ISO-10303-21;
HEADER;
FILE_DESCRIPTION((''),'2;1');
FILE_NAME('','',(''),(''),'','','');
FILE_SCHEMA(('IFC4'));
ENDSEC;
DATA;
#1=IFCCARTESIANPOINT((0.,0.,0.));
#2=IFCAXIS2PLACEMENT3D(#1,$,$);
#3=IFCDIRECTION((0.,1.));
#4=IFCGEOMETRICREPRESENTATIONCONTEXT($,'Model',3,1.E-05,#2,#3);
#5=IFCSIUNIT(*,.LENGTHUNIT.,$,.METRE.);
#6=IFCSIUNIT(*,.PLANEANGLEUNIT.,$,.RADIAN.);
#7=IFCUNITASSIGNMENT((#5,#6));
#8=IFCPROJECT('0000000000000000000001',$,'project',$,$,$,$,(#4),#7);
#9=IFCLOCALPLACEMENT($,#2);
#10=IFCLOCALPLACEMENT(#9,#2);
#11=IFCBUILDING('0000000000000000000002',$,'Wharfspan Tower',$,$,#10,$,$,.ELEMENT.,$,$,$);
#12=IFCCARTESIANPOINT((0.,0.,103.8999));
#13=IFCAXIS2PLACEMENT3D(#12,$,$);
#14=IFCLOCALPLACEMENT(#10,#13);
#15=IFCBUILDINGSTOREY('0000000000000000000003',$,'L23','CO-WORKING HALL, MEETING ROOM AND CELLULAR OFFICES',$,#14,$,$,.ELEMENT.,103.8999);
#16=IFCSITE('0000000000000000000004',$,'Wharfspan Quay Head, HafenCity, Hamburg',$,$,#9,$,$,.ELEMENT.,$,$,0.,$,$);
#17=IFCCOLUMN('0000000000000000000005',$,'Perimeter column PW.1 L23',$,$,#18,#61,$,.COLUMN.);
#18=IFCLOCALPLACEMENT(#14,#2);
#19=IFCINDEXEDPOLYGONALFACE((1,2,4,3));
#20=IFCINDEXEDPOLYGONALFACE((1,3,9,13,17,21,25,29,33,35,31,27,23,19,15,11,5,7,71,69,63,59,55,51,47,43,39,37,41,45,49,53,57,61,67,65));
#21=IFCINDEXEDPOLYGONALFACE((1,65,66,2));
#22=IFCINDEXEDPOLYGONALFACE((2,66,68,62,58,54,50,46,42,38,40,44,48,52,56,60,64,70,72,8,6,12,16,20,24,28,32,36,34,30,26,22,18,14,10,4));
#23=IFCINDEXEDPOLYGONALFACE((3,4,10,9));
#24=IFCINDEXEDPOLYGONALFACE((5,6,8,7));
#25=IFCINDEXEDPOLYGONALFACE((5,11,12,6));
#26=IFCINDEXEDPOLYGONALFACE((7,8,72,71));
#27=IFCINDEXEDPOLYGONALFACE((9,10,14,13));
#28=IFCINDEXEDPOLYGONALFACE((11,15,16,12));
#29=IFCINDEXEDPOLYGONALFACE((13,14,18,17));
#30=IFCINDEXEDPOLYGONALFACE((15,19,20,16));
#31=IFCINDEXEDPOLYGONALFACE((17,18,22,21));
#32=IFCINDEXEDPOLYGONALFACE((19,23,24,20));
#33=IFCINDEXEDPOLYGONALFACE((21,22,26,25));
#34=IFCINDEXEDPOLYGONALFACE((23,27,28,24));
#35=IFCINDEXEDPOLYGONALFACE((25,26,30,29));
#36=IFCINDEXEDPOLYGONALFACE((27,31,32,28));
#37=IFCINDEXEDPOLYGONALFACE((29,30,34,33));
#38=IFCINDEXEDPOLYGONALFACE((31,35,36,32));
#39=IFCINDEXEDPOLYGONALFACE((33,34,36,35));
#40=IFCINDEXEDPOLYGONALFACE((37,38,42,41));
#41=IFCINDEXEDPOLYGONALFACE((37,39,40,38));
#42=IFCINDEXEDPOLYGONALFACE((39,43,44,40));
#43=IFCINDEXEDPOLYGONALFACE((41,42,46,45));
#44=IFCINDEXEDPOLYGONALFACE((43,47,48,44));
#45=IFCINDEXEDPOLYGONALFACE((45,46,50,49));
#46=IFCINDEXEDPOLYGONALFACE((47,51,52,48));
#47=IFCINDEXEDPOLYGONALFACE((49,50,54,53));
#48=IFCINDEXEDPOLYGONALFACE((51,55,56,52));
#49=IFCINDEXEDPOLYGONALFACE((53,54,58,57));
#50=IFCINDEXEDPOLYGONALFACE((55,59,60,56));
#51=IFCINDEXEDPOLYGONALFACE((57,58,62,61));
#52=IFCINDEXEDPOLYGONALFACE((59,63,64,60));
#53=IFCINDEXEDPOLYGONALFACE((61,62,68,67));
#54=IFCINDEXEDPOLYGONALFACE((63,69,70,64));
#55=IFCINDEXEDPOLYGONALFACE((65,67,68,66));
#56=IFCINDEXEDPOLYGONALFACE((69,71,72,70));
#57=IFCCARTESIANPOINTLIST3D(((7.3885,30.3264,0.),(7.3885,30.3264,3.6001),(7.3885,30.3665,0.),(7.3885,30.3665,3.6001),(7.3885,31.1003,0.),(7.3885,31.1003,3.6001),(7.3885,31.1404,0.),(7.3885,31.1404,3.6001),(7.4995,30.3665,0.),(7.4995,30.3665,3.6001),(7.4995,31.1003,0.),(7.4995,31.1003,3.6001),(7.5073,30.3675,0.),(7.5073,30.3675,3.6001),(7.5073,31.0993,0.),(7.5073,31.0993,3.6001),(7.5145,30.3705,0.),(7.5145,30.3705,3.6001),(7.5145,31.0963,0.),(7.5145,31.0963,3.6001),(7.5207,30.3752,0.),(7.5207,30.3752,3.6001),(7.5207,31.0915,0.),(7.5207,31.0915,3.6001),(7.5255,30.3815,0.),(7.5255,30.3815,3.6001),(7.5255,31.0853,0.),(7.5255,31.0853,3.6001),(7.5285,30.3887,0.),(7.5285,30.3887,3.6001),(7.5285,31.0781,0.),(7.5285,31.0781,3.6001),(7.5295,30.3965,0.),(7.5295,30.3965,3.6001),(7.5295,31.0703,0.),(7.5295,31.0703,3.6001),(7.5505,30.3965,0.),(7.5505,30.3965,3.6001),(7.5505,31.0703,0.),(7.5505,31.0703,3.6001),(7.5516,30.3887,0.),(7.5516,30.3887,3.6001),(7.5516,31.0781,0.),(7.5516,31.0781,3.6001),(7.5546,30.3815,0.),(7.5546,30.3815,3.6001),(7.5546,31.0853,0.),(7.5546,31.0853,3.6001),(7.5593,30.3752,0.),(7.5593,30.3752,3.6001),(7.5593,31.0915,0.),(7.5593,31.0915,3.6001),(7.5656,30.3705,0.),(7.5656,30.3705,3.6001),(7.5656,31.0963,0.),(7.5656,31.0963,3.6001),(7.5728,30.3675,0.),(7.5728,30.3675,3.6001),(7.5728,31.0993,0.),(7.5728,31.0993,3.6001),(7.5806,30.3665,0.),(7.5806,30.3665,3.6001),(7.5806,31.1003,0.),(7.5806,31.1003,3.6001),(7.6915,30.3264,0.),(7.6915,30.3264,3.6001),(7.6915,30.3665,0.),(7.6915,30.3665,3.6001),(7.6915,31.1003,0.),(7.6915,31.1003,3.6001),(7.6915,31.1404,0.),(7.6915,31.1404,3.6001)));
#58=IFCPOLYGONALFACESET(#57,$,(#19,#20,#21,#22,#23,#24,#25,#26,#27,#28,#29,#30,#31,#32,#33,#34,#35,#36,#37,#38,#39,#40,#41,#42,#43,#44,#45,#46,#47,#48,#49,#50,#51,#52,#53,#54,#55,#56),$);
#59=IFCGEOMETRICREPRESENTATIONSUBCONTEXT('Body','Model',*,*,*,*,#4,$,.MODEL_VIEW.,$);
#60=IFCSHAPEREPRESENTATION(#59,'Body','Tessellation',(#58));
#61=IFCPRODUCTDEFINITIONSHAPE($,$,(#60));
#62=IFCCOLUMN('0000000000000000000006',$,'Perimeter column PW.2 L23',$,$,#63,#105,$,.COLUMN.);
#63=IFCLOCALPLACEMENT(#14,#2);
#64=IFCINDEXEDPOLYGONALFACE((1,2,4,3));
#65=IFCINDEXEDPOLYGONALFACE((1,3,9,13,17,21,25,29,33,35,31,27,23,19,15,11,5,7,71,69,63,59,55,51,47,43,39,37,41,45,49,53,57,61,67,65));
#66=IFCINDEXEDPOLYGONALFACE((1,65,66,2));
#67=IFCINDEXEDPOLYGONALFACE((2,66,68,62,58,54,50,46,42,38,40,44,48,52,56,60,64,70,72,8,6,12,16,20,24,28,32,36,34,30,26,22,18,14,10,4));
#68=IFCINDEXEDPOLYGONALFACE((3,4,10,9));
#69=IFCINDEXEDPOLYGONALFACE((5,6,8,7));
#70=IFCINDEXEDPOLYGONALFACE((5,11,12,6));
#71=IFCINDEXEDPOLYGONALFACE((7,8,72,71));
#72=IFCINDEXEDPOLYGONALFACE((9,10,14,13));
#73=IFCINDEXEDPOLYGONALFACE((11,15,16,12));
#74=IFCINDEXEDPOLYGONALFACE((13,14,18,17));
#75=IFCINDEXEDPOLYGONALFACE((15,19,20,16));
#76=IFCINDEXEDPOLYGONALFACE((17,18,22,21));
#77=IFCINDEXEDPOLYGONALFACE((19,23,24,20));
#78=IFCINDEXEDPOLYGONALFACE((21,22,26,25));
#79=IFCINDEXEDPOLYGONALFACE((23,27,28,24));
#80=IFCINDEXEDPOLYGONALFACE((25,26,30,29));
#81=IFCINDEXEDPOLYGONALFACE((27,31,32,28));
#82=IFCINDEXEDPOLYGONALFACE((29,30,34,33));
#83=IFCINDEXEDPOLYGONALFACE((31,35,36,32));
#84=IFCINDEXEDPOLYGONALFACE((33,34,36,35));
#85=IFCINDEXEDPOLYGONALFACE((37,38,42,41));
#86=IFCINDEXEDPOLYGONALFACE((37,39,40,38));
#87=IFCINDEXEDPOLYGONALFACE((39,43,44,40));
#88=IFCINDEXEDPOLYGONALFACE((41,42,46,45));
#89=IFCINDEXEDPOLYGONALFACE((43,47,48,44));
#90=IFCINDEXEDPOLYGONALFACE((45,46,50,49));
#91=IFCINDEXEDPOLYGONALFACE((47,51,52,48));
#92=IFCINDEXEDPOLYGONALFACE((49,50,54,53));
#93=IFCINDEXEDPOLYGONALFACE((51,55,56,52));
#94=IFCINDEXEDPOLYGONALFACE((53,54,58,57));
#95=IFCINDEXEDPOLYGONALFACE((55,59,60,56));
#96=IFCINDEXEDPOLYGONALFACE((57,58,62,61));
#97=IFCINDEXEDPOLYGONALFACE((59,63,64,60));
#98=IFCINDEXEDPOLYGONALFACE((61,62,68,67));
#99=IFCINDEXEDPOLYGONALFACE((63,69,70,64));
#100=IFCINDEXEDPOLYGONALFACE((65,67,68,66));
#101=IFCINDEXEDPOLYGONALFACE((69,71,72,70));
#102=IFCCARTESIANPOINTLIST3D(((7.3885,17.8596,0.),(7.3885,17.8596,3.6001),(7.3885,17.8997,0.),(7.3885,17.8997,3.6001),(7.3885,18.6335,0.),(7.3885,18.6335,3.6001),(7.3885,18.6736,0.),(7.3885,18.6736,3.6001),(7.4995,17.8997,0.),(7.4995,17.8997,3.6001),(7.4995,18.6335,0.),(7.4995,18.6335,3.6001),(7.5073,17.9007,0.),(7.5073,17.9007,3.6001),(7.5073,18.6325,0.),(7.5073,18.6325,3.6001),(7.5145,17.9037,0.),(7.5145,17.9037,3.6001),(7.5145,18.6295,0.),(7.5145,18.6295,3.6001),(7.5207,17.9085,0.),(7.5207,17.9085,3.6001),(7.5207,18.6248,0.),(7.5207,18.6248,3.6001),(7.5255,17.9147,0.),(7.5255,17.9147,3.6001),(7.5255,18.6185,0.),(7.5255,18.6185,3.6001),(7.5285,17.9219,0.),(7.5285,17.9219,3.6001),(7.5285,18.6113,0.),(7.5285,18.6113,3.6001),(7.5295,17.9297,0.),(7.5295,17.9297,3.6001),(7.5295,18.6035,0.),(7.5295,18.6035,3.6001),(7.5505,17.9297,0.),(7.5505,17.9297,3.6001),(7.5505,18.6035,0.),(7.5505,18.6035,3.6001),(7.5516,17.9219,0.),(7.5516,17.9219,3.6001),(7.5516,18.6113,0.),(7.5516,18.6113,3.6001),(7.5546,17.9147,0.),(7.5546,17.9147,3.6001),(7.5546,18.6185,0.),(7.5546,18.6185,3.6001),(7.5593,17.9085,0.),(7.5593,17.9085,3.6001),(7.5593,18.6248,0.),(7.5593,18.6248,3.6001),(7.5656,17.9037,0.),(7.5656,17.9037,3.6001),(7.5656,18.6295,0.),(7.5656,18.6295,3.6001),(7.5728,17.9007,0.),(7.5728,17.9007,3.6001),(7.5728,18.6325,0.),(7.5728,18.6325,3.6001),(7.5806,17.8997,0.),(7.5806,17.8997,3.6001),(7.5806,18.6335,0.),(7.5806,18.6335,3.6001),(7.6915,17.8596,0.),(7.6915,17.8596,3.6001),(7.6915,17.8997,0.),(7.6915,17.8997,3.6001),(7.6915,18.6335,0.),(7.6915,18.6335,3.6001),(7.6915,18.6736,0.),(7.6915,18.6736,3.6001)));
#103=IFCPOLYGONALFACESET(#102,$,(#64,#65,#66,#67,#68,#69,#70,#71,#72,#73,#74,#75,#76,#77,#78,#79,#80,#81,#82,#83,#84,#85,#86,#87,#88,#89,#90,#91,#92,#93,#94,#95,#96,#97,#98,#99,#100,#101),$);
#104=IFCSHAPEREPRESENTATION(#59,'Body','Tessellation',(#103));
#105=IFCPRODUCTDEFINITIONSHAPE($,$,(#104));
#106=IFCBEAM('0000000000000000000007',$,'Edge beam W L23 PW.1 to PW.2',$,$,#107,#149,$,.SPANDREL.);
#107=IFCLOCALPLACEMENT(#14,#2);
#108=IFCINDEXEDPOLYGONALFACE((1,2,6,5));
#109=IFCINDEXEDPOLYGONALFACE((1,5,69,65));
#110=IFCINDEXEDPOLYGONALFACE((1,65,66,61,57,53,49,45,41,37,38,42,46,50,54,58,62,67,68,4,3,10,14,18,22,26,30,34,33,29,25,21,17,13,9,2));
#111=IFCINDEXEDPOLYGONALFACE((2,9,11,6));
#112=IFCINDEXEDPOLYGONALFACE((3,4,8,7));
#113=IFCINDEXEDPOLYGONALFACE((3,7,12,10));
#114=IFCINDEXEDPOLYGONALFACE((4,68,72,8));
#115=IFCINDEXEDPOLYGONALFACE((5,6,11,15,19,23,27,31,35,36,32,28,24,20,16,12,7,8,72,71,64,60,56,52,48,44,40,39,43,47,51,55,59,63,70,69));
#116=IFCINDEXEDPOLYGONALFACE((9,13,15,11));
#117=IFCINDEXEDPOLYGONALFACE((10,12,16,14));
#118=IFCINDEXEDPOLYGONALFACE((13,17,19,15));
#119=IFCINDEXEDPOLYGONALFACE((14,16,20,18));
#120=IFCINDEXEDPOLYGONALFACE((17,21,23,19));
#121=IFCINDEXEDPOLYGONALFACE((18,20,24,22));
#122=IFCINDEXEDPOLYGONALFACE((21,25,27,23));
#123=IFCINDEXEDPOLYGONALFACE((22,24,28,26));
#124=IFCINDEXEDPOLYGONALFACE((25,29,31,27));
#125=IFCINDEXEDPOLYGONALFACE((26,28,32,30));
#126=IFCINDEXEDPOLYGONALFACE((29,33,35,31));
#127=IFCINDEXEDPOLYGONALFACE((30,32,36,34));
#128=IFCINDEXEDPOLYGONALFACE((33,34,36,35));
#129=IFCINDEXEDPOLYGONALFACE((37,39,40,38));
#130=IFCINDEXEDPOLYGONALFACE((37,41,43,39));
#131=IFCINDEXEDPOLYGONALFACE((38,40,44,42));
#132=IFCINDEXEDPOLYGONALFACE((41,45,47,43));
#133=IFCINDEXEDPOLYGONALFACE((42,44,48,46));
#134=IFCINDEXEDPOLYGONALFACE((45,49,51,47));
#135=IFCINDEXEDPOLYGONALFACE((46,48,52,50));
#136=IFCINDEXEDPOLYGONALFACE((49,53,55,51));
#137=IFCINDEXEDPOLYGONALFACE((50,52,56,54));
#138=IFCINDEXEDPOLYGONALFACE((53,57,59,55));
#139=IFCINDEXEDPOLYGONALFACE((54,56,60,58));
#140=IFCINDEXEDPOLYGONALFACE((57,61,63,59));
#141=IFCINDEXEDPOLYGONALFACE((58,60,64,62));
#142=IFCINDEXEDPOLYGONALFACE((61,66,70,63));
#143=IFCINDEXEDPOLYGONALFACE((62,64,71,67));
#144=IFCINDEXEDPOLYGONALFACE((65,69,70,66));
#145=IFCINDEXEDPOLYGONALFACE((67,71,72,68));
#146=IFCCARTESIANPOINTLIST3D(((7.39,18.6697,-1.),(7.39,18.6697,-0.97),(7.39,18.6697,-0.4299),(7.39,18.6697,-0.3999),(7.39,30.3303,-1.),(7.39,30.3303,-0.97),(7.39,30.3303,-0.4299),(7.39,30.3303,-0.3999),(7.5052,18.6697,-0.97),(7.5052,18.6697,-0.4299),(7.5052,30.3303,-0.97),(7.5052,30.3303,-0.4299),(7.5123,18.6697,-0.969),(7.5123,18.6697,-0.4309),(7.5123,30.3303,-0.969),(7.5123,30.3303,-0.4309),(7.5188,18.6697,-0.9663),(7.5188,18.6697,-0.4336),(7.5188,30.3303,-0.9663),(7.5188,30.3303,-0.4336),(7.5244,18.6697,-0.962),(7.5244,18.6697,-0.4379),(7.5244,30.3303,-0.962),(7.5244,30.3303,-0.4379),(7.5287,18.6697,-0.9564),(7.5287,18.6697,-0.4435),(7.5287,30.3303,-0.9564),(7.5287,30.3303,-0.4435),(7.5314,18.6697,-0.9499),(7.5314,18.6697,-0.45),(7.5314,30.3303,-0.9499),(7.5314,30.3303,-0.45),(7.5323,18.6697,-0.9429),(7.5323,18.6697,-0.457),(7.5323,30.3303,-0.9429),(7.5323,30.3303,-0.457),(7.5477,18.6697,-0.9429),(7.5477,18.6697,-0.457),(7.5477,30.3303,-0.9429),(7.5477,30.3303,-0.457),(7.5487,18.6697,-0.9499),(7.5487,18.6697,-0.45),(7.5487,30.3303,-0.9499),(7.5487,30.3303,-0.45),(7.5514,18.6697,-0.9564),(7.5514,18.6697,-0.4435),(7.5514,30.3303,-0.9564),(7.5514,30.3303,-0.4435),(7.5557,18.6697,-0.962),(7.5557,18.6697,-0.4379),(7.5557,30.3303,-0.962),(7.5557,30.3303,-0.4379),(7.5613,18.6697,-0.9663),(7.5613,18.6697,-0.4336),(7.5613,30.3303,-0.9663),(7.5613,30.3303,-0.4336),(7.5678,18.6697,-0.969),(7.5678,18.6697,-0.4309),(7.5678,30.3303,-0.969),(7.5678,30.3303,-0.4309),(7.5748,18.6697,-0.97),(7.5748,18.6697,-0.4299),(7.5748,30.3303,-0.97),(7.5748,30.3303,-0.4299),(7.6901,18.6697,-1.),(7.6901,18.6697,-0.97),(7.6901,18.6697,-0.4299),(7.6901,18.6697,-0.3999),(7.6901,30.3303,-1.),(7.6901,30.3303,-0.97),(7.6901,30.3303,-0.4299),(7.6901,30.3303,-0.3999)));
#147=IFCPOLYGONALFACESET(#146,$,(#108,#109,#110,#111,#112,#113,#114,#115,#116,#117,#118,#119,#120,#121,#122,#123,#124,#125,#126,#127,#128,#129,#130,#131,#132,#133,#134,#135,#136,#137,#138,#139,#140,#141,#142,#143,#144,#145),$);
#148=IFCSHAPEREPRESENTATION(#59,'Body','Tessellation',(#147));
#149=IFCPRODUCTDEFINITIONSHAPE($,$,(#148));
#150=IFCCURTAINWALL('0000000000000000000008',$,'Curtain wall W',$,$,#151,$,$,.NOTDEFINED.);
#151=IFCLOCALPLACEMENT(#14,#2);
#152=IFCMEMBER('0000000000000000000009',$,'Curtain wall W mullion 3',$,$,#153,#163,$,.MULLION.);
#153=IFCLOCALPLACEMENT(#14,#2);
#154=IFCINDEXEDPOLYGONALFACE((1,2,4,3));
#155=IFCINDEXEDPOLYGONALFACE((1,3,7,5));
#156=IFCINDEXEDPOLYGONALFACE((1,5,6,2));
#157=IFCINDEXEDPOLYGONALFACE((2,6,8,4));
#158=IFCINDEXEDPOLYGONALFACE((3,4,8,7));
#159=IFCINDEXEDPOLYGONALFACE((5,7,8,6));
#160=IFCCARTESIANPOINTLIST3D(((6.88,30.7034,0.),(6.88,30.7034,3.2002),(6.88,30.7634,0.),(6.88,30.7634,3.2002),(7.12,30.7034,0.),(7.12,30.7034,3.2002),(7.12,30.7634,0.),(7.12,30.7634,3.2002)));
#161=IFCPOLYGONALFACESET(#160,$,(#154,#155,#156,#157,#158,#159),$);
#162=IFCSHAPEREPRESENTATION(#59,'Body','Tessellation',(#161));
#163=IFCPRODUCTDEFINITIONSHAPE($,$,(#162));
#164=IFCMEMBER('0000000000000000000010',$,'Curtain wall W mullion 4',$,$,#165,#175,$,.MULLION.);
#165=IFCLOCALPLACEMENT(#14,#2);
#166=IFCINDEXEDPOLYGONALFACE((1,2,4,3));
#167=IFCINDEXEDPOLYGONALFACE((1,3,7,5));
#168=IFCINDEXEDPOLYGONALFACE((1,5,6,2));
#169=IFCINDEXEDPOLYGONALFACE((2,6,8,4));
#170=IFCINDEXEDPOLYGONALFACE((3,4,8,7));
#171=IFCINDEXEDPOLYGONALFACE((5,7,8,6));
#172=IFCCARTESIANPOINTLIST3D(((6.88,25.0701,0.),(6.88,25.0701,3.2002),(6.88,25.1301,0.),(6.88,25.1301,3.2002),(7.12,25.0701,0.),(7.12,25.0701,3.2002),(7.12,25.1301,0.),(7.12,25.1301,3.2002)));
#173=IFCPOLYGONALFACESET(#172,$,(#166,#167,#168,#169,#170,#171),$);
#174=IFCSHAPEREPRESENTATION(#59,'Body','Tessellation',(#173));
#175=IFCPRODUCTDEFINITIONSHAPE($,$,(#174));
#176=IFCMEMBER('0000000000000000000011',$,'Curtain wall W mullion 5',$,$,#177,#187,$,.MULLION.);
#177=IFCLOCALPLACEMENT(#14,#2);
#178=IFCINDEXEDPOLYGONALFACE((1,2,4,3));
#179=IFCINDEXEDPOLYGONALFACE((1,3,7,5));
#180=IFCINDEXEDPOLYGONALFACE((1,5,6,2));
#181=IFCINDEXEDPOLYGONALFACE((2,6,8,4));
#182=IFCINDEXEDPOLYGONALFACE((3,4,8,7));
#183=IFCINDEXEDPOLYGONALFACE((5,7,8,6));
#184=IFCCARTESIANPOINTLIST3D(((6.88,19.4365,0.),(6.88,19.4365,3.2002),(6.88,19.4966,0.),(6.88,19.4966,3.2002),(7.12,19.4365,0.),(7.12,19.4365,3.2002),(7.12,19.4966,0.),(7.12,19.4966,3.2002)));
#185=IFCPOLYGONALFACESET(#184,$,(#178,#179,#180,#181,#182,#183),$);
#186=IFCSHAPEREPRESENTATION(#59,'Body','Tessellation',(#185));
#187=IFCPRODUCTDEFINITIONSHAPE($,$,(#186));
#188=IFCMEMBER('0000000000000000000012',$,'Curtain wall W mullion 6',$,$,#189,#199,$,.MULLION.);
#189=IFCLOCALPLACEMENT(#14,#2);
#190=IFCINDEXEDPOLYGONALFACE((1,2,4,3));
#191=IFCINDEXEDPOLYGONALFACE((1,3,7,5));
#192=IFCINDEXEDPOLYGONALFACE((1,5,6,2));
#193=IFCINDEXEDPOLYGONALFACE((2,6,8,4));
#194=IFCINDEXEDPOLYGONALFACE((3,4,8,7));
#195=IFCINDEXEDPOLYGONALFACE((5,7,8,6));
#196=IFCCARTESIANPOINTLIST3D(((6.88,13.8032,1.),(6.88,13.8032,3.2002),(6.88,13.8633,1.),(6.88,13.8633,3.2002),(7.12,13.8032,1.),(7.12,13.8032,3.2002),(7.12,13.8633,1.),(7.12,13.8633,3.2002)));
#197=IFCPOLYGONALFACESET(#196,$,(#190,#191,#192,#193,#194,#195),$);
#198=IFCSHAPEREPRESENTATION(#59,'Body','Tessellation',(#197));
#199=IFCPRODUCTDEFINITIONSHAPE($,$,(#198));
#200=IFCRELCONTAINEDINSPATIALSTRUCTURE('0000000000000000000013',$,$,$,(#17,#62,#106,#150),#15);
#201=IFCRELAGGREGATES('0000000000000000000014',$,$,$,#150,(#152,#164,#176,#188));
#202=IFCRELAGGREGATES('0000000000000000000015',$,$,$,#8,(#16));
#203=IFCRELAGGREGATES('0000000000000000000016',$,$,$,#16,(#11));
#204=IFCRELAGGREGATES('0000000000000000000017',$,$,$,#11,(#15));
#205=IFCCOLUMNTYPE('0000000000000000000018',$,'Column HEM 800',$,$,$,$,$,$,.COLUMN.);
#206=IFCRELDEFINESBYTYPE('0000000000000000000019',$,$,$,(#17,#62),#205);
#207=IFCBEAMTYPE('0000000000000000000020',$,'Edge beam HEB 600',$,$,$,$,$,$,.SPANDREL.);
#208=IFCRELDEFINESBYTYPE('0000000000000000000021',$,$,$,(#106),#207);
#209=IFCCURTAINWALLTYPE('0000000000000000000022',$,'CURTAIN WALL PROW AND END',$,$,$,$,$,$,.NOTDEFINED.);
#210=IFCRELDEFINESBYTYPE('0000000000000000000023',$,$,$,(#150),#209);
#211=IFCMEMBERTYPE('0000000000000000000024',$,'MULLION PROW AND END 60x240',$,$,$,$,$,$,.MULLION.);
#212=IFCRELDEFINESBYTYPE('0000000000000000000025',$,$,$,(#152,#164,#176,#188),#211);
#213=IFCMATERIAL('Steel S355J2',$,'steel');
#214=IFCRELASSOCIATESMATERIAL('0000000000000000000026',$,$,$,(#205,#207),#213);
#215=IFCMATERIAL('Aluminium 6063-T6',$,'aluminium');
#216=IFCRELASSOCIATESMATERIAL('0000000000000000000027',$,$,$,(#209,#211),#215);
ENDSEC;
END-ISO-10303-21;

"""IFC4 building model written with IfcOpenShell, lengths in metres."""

from ifc_helpers import new_model, si_unit, direction, frame, origin, origin_2d, place, context, subcontext, project, spatial, rectangle, i_section, extrude, material, material_profile, profile_set, type_object, element, aggregate, save


model = new_model("IFC4")

# Units and contexts
model_context = context("Model", 3, precision=1e-05, world=origin(), true_north=direction((0.0, 1.0)))
body_context = subcontext(model_context, "Body", "Model", "MODEL_VIEW")
ifc_project = project(units=[si_unit("LENGTHUNIT", "METRE"), si_unit("PLANEANGLEUNIT", "RADIAN")], contexts=[model_context])

# Site, building, storey
site_placement = place(None, origin())
site = spatial("IfcSite", under=ifc_project, at=site_placement, Name="Wharfspan Quay Head, HafenCity, Hamburg", CompositionType="ELEMENT", RefElevation=0.0)
building_placement = place(site_placement, origin())
building = spatial("IfcBuilding", under=site, at=building_placement, Name="Wharfspan Tower", CompositionType="ELEMENT")
storey_placement = place(building_placement, frame((0.0, 0.0, 103.8999)))
storey = spatial("IfcBuildingStorey", under=building, at=storey_placement, Name="L23", Description="CO-WORKING HALL, MEETING ROOM AND CELLULAR OFFICES", CompositionType="ELEMENT", Elevation=103.8999)

# Columns
ifc_material_1 = material(Name="Steel S355J2", Category="steel")
ifc_material_profile_1 = material_profile(ifc_material_1, i_section(OverallWidth=0.303, OverallDepth=0.814, WebThickness=0.021, FlangeThickness=0.04, FilletRadius=0.03, at=origin_2d()))
ifc_profile_set_1 = profile_set([ifc_material_profile_1], Name="Steel S355J2")
column_type = type_object("IfcColumnType", Name="Column HEM 800", PredefinedType="COLUMN", material=ifc_profile_set_1)
for number, where, z_axis, x_axis, name in (
    (1, (7.54, 30.7334, 0.0), (0.0, 0.0, 1.0), (-1.0, 0.0, 0.0), "Perimeter column PW.1 L23"),
    (2, (7.54, 18.2666, 0.0), (0.0, 0.0, 1.0), (-1.0, 0.0, 0.0), "Perimeter column PW.2 L23"),
):
    element("IfcColumn", number, at=place(storey_placement, frame(where, z_axis=z_axis, x_axis=x_axis)), inside=storey, type_object=column_type, Name=name, PredefinedType="COLUMN", context=body_context, shape_type="SweptSolid", body=[
        extrude(i_section(OverallWidth=0.303, OverallDepth=0.814, WebThickness=0.021, FlangeThickness=0.04, FilletRadius=0.03, at=origin_2d()), origin(), (0.0, 0.0, 1.0), 3.6001),
    ])

# Beam
ifc_material_profile_2 = material_profile(ifc_material_1, i_section(OverallWidth=0.3, OverallDepth=0.6001, WebThickness=0.0154, FlangeThickness=0.03, FilletRadius=0.0271, at=origin_2d()))
ifc_profile_set_2 = profile_set([ifc_material_profile_2], Name="Steel S355J2")
beam_type = type_object("IfcBeamType", Name="Edge beam HEB 600", PredefinedType="SPANDREL", material=ifc_profile_set_2)
beam_placement = place(storey_placement, frame((7.54, 30.3303, -0.7), z_axis=(0.0, -1.0, 0.0), x_axis=(1.0, 0.0, 0.0)))
element("IfcBeam", 3, at=beam_placement, inside=storey, type_object=beam_type, Name="Edge beam W L23 PW.1 to PW.2", PredefinedType="SPANDREL", context=body_context, shape_type="SweptSolid", body=[
    extrude(i_section(OverallWidth=0.3, OverallDepth=0.6001, WebThickness=0.0154, FlangeThickness=0.03, FilletRadius=0.0271, at=origin_2d()), origin(), (0.0, 0.0, 1.0), 11.6606),
])

# Curtain wall, members
ifc_material_2 = material(Name="Aluminium 6063-T6", Category="aluminium")
curtain_wall_type = type_object("IfcCurtainWallType", Name="CURTAIN WALL PROW AND END", PredefinedType="NOTDEFINED", material=ifc_material_2)
curtain_wall_placement = place(storey_placement, origin())
curtain_wall = element("IfcCurtainWall", 4, at=curtain_wall_placement, inside=storey, type_object=curtain_wall_type, Name="Curtain wall W", PredefinedType="NOTDEFINED")
ifc_material_profile_3 = material_profile(ifc_material_2, rectangle(XDim=0.24, YDim=0.0601, at=origin_2d()))
ifc_profile_set_3 = profile_set([ifc_material_profile_3], Name="Aluminium 6063-T6")
member_type_1 = type_object("IfcMemberType", Name="MULLION PROW AND END 60x240", PredefinedType="MULLION", material=ifc_profile_set_3)
member_1_placement = place(storey_placement, frame((7.0, 30.7334, 0.0), z_axis=(0.0, 0.0, 1.0), x_axis=(1.0, 0.0, 0.0)))
member_1 = element("IfcMember", 5, at=member_1_placement, type_object=member_type_1, Name="Curtain wall W mullion 3", PredefinedType="MULLION", context=body_context, shape_type="SweptSolid", body=[
    extrude(rectangle(XDim=0.24, YDim=0.0601, at=origin_2d()), origin(), (0.0, 0.0, 1.0), 3.2002),
])
member_2_placement = place(storey_placement, frame((7.0, 25.1001, 0.0), z_axis=(0.0, 0.0, 1.0), x_axis=(1.0, 0.0, 0.0)))
member_2 = element("IfcMember", 6, at=member_2_placement, type_object=member_type_1, Name="Curtain wall W mullion 4", PredefinedType="MULLION", context=body_context, shape_type="SweptSolid", body=[
    extrude(rectangle(XDim=0.24, YDim=0.0601, at=origin_2d()), origin(), (0.0, 0.0, 1.0), 3.2002),
])
member_3_placement = place(storey_placement, frame((7.0, 19.4666, 0.0), z_axis=(0.0, 0.0, 1.0), x_axis=(1.0, 0.0, 0.0)))
member_3 = element("IfcMember", 7, at=member_3_placement, type_object=member_type_1, Name="Curtain wall W mullion 5", PredefinedType="MULLION", context=body_context, shape_type="SweptSolid", body=[
    extrude(rectangle(XDim=0.24, YDim=0.0601, at=origin_2d()), origin(), (0.0, 0.0, 1.0), 3.2002),
])
member_4_placement = place(storey_placement, frame((7.0, 13.8333, 1.0), z_axis=(0.0, 0.0, 1.0), x_axis=(1.0, 0.0, 0.0)))
member_4 = element("IfcMember", 8, at=member_4_placement, type_object=member_type_1, Name="Curtain wall W mullion 6", PredefinedType="MULLION", context=body_context, shape_type="SweptSolid", body=[
    extrude(rectangle(XDim=0.24, YDim=0.0601, at=origin_2d()), origin(), (0.0, 0.0, 1.0), 2.2002),
])

aggregate(curtain_wall, [member_1, member_2, member_3, member_4])

save(model, "model.ifc")
